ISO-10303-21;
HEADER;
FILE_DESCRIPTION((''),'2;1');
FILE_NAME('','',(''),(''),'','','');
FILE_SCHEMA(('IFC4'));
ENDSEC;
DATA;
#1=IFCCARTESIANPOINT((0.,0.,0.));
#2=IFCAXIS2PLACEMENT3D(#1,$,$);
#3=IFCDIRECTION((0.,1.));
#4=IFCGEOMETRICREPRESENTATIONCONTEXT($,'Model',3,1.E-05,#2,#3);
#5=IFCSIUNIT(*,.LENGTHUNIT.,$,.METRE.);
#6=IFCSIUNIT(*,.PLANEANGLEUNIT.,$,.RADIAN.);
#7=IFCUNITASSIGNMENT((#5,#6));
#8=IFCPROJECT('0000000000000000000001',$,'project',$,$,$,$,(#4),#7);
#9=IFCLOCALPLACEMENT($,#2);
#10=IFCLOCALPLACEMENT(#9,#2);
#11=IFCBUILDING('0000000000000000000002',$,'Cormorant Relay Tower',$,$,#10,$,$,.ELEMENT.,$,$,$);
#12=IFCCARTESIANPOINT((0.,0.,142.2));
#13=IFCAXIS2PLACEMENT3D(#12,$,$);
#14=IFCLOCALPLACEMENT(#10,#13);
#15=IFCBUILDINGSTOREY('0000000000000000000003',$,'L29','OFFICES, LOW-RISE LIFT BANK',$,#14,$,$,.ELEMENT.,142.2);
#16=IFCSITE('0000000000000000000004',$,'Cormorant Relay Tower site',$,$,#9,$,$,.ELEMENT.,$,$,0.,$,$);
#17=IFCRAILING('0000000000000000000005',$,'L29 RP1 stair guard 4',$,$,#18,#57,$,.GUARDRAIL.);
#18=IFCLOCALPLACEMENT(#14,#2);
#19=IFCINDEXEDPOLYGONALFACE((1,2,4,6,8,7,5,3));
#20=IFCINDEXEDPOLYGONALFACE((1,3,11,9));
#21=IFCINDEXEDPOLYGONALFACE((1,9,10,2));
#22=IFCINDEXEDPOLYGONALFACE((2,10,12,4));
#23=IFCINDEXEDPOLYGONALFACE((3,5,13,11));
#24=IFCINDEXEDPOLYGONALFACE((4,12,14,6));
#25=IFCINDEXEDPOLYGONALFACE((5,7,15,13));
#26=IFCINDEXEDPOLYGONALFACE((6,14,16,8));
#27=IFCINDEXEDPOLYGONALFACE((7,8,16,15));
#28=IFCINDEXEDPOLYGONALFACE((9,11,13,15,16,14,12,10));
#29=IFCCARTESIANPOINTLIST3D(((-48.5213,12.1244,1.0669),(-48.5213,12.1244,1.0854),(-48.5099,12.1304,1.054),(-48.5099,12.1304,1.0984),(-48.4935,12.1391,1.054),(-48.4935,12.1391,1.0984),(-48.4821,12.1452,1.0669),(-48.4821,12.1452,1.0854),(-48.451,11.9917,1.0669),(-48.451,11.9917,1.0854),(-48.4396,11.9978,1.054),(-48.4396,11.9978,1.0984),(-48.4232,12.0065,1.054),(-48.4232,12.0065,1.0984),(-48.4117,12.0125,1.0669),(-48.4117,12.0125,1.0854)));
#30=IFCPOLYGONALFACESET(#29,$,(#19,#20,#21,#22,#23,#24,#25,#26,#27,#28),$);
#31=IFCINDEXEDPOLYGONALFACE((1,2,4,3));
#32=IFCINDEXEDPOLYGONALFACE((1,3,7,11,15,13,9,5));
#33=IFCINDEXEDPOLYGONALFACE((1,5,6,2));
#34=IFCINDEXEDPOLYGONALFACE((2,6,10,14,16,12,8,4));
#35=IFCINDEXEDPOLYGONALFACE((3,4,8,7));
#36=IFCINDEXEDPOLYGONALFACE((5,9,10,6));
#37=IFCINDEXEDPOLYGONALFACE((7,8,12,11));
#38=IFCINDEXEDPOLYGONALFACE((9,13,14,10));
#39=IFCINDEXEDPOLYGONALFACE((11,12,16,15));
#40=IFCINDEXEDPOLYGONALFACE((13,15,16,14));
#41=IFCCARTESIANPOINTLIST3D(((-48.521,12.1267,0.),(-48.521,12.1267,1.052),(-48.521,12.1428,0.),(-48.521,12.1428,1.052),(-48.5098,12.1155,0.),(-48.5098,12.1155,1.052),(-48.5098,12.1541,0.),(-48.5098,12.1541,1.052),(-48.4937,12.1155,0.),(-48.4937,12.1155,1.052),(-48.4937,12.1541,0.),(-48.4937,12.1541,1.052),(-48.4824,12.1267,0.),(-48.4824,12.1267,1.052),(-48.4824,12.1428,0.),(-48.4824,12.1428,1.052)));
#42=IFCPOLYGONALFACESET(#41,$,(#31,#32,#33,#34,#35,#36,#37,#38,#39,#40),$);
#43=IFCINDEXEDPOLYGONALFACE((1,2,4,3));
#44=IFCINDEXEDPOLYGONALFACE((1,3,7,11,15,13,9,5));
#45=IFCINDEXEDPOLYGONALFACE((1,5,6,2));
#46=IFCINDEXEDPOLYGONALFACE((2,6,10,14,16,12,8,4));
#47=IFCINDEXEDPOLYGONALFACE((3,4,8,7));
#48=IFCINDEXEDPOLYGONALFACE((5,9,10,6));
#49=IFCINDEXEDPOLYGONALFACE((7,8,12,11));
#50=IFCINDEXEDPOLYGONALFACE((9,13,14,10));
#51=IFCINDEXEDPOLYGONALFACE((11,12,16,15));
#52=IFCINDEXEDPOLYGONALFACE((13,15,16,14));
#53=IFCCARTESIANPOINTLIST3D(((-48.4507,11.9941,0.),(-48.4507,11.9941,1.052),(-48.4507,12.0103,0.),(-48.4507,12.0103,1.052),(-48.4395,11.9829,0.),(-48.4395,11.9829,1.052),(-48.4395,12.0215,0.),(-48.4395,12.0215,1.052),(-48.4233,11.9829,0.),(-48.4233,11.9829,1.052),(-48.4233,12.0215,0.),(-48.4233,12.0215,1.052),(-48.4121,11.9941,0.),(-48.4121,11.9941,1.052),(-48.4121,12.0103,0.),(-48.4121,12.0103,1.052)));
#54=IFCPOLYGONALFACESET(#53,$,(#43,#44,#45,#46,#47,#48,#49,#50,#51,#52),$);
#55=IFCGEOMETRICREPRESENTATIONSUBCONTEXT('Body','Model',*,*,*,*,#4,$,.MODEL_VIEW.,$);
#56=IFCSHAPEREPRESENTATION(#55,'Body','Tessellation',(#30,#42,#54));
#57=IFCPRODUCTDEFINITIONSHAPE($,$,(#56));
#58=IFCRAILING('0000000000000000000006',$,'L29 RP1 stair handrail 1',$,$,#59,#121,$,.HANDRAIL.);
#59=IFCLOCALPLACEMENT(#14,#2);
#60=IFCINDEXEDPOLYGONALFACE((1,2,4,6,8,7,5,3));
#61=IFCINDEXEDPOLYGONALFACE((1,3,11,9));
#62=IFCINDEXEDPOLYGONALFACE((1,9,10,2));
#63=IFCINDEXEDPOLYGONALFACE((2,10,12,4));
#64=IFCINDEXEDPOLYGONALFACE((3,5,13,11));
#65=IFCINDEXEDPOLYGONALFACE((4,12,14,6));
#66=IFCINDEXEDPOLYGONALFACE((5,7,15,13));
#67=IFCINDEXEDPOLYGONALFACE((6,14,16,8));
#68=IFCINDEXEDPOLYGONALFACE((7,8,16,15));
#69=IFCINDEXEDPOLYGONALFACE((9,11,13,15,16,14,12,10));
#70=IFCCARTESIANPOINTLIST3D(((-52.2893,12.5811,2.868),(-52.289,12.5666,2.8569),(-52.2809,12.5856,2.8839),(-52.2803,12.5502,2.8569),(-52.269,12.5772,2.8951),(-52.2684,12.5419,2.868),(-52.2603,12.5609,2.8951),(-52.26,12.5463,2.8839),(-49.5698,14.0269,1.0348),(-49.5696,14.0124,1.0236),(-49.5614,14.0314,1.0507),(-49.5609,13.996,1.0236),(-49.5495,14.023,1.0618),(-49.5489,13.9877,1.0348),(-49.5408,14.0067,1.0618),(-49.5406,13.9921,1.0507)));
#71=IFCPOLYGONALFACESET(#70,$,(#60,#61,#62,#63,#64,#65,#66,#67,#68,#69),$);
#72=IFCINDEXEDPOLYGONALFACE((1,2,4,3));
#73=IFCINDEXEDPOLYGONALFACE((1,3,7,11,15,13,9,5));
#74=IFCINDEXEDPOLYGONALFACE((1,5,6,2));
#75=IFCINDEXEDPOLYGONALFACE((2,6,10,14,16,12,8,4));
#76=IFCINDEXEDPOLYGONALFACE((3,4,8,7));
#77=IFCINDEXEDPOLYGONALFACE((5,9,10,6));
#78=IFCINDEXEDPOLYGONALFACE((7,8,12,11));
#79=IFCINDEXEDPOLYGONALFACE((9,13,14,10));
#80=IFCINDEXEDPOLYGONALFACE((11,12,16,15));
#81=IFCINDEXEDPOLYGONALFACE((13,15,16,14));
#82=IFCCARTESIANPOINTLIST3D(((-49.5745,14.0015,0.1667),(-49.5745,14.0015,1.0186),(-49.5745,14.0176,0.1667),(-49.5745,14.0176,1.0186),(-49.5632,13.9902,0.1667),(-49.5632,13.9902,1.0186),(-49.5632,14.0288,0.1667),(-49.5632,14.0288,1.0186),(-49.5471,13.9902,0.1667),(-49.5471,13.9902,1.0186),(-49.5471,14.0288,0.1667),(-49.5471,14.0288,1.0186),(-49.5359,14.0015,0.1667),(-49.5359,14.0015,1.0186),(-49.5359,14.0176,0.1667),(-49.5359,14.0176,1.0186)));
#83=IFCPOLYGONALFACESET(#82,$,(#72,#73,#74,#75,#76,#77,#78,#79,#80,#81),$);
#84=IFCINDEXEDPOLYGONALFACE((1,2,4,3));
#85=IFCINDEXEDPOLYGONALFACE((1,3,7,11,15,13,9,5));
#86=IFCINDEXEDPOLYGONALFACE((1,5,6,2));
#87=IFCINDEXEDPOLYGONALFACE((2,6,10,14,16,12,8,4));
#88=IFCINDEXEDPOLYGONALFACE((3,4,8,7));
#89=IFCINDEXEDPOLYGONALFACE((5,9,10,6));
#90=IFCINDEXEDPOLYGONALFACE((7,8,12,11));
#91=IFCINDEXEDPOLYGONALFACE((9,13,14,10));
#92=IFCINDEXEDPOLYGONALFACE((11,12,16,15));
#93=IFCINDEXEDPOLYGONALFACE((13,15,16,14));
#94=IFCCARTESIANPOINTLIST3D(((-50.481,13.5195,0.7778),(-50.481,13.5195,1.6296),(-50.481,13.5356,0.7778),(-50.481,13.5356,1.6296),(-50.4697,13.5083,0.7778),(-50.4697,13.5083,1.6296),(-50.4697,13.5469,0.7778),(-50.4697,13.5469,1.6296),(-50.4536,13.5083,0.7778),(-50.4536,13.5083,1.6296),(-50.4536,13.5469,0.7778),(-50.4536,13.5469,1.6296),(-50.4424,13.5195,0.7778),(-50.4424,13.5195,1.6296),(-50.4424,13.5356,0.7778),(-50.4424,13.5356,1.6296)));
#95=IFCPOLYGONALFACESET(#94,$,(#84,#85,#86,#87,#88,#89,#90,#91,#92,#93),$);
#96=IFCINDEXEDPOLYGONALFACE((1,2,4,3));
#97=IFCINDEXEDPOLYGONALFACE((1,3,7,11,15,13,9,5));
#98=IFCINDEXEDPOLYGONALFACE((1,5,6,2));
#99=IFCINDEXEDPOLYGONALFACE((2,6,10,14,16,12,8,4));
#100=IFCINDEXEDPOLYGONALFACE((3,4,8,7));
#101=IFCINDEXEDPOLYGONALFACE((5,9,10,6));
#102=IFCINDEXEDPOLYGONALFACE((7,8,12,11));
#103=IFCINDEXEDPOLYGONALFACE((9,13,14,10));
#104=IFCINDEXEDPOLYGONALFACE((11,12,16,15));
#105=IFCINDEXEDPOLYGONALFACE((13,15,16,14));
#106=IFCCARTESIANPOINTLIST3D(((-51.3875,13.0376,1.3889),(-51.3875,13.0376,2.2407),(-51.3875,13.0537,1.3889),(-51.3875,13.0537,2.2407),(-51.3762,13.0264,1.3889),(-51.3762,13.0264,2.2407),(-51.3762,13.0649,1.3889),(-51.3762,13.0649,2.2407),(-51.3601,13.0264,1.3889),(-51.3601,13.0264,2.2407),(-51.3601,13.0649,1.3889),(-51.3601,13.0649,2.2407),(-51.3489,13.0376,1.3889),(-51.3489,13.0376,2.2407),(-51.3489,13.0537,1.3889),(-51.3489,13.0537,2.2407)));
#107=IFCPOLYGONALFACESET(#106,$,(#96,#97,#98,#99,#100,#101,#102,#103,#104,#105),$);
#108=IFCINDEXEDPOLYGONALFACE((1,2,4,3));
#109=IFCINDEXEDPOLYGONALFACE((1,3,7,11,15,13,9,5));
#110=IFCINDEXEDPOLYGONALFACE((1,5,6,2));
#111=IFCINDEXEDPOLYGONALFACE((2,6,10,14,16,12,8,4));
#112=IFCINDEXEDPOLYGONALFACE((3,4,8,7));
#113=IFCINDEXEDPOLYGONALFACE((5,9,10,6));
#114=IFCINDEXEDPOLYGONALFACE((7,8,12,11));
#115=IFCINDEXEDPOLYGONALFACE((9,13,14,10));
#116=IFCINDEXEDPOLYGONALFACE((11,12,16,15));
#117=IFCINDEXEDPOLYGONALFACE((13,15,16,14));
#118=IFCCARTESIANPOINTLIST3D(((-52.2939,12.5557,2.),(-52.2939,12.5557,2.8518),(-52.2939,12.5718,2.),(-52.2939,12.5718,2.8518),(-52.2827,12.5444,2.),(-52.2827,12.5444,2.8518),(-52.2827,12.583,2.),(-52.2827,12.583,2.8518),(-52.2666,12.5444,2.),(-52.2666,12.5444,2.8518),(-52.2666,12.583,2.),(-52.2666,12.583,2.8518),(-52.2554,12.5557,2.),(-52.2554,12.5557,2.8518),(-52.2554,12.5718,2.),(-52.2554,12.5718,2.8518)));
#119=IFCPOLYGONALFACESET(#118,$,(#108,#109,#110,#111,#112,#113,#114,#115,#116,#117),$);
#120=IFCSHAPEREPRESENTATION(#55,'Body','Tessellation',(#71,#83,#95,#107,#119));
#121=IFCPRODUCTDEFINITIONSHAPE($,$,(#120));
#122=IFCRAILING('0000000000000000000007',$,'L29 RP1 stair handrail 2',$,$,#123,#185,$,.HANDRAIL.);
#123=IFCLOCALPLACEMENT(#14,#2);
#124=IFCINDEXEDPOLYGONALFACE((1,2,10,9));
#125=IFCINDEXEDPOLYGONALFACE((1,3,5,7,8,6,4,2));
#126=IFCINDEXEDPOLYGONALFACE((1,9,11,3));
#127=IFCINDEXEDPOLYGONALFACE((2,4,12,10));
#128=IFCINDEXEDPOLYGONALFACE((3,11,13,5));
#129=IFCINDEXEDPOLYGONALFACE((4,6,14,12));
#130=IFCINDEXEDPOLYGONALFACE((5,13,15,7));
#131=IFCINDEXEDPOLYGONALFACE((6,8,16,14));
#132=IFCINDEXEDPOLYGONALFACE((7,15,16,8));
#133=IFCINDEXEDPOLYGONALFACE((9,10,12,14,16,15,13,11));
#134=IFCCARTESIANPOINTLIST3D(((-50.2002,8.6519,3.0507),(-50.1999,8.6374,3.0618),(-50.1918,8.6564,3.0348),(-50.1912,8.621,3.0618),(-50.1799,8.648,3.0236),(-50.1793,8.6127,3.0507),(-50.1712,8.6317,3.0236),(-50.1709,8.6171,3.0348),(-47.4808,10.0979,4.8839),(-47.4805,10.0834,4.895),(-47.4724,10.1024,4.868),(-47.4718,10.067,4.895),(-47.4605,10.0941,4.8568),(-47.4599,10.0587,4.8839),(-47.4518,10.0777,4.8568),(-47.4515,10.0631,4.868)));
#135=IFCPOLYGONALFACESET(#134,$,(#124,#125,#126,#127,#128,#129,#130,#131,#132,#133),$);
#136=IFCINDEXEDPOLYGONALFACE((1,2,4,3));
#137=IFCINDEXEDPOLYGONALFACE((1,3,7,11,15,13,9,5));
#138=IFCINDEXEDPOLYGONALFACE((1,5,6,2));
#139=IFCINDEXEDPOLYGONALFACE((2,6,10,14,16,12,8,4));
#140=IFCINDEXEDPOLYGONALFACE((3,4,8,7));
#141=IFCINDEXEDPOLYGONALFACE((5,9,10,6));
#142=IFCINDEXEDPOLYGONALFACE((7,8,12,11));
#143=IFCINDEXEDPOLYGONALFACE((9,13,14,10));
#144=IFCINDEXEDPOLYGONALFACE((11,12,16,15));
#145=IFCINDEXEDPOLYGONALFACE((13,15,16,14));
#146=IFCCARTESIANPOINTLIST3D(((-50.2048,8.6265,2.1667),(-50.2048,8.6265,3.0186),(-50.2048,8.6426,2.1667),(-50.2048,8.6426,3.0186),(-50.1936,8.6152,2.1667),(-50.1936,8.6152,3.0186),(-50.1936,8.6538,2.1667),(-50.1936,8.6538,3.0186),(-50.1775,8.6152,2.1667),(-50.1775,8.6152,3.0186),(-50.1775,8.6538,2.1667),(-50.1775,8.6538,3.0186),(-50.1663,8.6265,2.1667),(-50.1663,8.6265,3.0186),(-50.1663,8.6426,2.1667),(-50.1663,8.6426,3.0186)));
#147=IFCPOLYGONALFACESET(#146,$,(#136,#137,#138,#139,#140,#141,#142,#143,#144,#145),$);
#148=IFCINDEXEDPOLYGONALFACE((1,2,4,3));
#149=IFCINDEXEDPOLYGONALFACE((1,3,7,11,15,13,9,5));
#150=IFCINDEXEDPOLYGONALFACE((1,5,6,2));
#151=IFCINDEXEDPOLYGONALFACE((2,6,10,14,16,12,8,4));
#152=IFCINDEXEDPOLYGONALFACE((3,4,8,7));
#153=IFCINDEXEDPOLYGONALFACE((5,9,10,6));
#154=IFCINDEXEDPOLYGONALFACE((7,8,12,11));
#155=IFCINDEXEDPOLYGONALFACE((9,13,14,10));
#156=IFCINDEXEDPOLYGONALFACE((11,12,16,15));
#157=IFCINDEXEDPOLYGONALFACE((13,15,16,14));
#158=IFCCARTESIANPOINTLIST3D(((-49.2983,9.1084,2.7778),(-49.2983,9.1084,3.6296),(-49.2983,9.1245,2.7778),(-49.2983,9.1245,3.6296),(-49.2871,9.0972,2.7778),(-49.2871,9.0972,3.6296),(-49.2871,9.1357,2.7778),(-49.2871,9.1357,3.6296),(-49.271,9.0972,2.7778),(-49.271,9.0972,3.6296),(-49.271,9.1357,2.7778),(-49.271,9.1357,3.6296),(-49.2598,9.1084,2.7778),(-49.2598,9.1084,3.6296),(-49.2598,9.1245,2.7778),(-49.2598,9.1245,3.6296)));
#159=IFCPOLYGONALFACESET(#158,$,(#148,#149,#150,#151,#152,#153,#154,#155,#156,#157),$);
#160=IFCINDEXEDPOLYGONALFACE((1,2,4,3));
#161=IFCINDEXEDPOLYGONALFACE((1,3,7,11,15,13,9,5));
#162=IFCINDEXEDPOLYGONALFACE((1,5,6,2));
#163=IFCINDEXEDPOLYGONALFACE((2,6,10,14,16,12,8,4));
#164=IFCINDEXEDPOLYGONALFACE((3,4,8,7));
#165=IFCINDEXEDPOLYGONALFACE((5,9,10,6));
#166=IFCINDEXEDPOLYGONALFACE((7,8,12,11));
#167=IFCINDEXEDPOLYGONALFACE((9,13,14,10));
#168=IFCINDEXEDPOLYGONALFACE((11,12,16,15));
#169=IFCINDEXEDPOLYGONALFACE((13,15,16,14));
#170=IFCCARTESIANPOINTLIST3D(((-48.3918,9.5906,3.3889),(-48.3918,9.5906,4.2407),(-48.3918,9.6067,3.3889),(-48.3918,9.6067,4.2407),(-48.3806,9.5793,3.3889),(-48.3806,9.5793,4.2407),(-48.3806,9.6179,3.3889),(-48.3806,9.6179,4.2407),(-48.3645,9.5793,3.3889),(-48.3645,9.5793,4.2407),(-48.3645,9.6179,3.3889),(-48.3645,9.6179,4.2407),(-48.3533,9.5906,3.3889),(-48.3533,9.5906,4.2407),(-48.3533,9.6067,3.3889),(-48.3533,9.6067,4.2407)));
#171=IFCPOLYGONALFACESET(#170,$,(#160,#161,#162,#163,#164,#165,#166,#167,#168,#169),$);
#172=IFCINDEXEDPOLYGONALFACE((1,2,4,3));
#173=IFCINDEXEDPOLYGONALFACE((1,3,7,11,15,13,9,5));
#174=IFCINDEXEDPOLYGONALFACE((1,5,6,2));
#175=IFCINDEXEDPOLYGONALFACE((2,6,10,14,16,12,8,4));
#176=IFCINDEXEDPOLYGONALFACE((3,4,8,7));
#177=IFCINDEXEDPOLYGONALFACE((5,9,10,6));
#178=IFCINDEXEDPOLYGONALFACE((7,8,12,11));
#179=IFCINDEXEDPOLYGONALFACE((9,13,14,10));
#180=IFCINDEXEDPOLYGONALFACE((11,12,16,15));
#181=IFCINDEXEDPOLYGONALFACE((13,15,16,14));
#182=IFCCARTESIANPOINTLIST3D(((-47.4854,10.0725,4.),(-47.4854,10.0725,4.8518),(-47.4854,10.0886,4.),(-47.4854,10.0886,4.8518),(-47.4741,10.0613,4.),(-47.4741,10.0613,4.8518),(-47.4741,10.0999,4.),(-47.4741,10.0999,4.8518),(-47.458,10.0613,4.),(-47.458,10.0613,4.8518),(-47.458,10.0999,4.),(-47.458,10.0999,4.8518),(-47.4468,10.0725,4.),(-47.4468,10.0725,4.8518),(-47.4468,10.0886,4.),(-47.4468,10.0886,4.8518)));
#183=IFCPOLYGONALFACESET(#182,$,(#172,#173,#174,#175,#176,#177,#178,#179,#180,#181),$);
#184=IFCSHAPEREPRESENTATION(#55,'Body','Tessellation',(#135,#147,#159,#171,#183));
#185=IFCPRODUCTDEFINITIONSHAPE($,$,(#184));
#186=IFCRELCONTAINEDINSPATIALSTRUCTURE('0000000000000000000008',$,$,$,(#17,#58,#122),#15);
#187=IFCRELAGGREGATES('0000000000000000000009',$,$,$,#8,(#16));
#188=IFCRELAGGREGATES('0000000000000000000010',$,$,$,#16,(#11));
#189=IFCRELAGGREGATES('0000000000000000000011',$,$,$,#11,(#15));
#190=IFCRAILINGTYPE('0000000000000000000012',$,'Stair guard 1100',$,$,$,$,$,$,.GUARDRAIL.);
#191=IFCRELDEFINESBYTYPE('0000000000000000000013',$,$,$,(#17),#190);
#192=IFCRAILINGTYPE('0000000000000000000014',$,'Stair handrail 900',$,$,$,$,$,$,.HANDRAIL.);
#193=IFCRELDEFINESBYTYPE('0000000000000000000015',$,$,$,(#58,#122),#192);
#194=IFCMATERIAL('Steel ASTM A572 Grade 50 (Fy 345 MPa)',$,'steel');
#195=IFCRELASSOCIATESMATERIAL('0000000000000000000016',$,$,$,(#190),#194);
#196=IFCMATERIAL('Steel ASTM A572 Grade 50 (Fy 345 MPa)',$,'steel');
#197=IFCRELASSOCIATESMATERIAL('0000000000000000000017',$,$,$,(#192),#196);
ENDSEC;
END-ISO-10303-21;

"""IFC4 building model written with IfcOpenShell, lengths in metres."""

from ifc_helpers import new_model, si_unit, direction, frame, origin, place, context, subcontext, project, spatial, polyline, outline, extrude, material, type_object, element, save


model = new_model("IFC4")

# Units and contexts
model_context = context("Model", 3, precision=1e-05, world=origin(), true_north=direction((0.0, 1.0)))
body_context = subcontext(model_context, "Body", "Model", "MODEL_VIEW")
ifc_project = project(units=[si_unit("LENGTHUNIT", "METRE"), si_unit("PLANEANGLEUNIT", "RADIAN")], contexts=[model_context])

# Site, building, storey
site_placement = place(None, origin())
site = spatial("IfcSite", under=ifc_project, at=site_placement, Name="Cormorant Relay Tower site", CompositionType="ELEMENT", RefElevation=0.0)
building_placement = place(site_placement, origin())
building = spatial("IfcBuilding", under=site, at=building_placement, Name="Cormorant Relay Tower", CompositionType="ELEMENT")
storey_placement = place(building_placement, frame((0.0, 0.0, 142.2)))
storey = spatial("IfcBuildingStorey", under=building, at=storey_placement, Name="L29", Description="OFFICES, LOW-RISE LIFT BANK", CompositionType="ELEMENT", Elevation=142.2)

# Railings
ifc_material_1 = material(Name="Steel ASTM A572 Grade 50 (Fy 345 MPa)", Category="steel")
railing_type_1 = type_object("IfcRailingType", Name="Stair guard 1100", PredefinedType="GUARDRAIL", material=ifc_material_1)
railing_1_placement = place(storey_placement, frame((-48.5017, 12.1348, 0.0)))
element("IfcRailing", 1, at=railing_1_placement, inside=storey, type_object=railing_type_1, Name="L29 RP1 stair guard 4", PredefinedType="GUARDRAIL", context=body_context, shape_type="SweptSolid", body=[
    extrude(outline(polyline([(0.0222, 0.0093), (0.0093, 0.0222), (-0.0093, 0.0222), (-0.0222, 0.0093), (-0.0222, -0.0093), (-0.0093, -0.0222), (0.0093, -0.0222), (0.0222, -0.0093), (0.0222, 0.0093)])), frame((0.0, 0.0, 1.0762), z_axis=(0.46856, -0.883431, 0.0), x_axis=(0.883431, 0.46856, 0.0)), (0.0, 0.0, 1.0), 0.1501),
    extrude(outline(polyline([(0.0193, 0.0081), (0.0081, 0.0193), (-0.0081, 0.0193), (-0.0193, 0.0081), (-0.0193, -0.0081), (-0.0081, -0.0193), (0.0081, -0.0193), (0.0193, -0.0081), (0.0193, 0.0081)])), origin(), (0.0, 0.0, 1.0), 1.052),
    extrude(outline(polyline([(0.0193, 0.0081), (0.0081, 0.0193), (-0.0081, 0.0193), (-0.0193, 0.0081), (-0.0193, -0.0081), (-0.0081, -0.0193), (0.0081, -0.0193), (0.0193, -0.0081), (0.0193, 0.0081)])), frame((0.0703, -0.1326, 0.0)), (0.0, 0.0, 1.0), 1.052),
])
ifc_material_2 = material(Name="Steel ASTM A572 Grade 50 (Fy 345 MPa)", Category="steel")
railing_type_2 = type_object("IfcRailingType", Name="Stair handrail 900", PredefinedType="HANDRAIL", material=ifc_material_2)
railing_2_placement = place(storey_placement, frame((-49.5552, 14.0095, 0.1667)))
element("IfcRailing", 2, at=railing_2_placement, inside=storey, type_object=railing_type_2, Name="L29 RP1 stair handrail 1", PredefinedType="HANDRAIL", context=body_context, shape_type="SweptSolid", body=[
    extrude(outline(polyline([(0.0222, 0.0093), (0.0093, 0.0222), (-0.0093, 0.0222), (-0.0222, 0.0093), (-0.0222, -0.0093), (-0.0093, -0.0222), (0.0093, -0.0222), (0.0222, -0.0093), (0.0222, 0.0093)])), frame((0.0, 0.0, 0.876), z_axis=(-0.758735, -0.403378, 0.511477), x_axis=(0.469428, -0.882971, 0.0)), (0.0, 0.0, 1.0), 3.5842),
    extrude(outline(polyline([(0.0193, 0.0081), (0.0081, 0.0193), (-0.0081, 0.0193), (-0.0193, 0.0081), (-0.0193, -0.0081), (-0.0081, -0.0193), (0.0081, -0.0193), (0.0193, -0.0081), (0.0193, 0.0081)])), origin(), (0.0, 0.0, 1.0), 0.8518),
    extrude(outline(polyline([(0.0193, 0.0081), (0.0081, 0.0193), (-0.0081, 0.0193), (-0.0193, 0.0081), (-0.0193, -0.0081), (-0.0081, -0.0193), (0.0081, -0.0193), (0.0193, -0.0081), (0.0193, 0.0081)])), frame((-0.9065, -0.4819, 0.6111)), (0.0, 0.0, 1.0), 0.8518),
    extrude(outline(polyline([(0.0193, 0.0081), (0.0081, 0.0193), (-0.0081, 0.0193), (-0.0193, 0.0081), (-0.0193, -0.0081), (-0.0081, -0.0193), (0.0081, -0.0193), (0.0193, -0.0081), (0.0193, 0.0081)])), frame((-1.813, -0.9639, 1.2222)), (0.0, 0.0, 1.0), 0.8518),
    extrude(outline(polyline([(0.0193, 0.0081), (0.0081, 0.0193), (-0.0081, 0.0193), (-0.0193, 0.0081), (-0.0193, -0.0081), (-0.0081, -0.0193), (0.0081, -0.0193), (0.0193, -0.0081), (0.0193, 0.0081)])), frame((-2.7195, -1.4458, 1.8333)), (0.0, 0.0, 1.0), 0.8518),
])
railing_3_placement = place(storey_placement, frame((-50.1855, 8.6345, 2.1667)))
element("IfcRailing", 3, at=railing_3_placement, inside=storey, type_object=railing_type_2, Name="L29 RP1 stair handrail 2", PredefinedType="HANDRAIL", context=body_context, shape_type="SweptSolid", body=[
    extrude(outline(polyline([(0.0222, 0.0093), (0.0093, 0.0222), (-0.0093, 0.0222), (-0.0222, 0.0093), (-0.0222, -0.0093), (-0.0093, -0.0222), (0.0093, -0.0222), (0.0222, -0.0093), (0.0222, 0.0093)])), frame((0.0, 0.0, 0.876), z_axis=(0.758714, 0.403435, 0.511463), x_axis=(-0.469489, 0.882938, 0.0)), (0.0, 0.0, 1.0), 3.5842),
    extrude(outline(polyline([(0.0193, 0.0081), (0.0081, 0.0193), (-0.0081, 0.0193), (-0.0193, 0.0081), (-0.0193, -0.0081), (-0.0081, -0.0193), (0.0081, -0.0193), (0.0193, -0.0081), (0.0193, 0.0081)])), origin(), (0.0, 0.0, 1.0), 0.8518),
    extrude(outline(polyline([(0.0193, 0.0081), (0.0081, 0.0193), (-0.0081, 0.0193), (-0.0193, 0.0081), (-0.0193, -0.0081), (-0.0081, -0.0193), (0.0081, -0.0193), (0.0193, -0.0081), (0.0193, 0.0081)])), frame((0.9065, 0.4819, 0.6111)), (0.0, 0.0, 1.0), 0.8518),
    extrude(outline(polyline([(0.0193, 0.0081), (0.0081, 0.0193), (-0.0081, 0.0193), (-0.0193, 0.0081), (-0.0193, -0.0081), (-0.0081, -0.0193), (0.0081, -0.0193), (0.0193, -0.0081), (0.0193, 0.0081)])), frame((1.813, 0.9641, 1.2222)), (0.0, 0.0, 1.0), 0.8518),
    extrude(outline(polyline([(0.0193, 0.0081), (0.0081, 0.0193), (-0.0081, 0.0193), (-0.0193, 0.0081), (-0.0193, -0.0081), (-0.0081, -0.0193), (0.0081, -0.0193), (0.0193, -0.0081), (0.0193, 0.0081)])), frame((2.7195, 1.446, 1.8333)), (0.0, 0.0, 1.0), 0.8518),
])

save(model, "model.ifc")
